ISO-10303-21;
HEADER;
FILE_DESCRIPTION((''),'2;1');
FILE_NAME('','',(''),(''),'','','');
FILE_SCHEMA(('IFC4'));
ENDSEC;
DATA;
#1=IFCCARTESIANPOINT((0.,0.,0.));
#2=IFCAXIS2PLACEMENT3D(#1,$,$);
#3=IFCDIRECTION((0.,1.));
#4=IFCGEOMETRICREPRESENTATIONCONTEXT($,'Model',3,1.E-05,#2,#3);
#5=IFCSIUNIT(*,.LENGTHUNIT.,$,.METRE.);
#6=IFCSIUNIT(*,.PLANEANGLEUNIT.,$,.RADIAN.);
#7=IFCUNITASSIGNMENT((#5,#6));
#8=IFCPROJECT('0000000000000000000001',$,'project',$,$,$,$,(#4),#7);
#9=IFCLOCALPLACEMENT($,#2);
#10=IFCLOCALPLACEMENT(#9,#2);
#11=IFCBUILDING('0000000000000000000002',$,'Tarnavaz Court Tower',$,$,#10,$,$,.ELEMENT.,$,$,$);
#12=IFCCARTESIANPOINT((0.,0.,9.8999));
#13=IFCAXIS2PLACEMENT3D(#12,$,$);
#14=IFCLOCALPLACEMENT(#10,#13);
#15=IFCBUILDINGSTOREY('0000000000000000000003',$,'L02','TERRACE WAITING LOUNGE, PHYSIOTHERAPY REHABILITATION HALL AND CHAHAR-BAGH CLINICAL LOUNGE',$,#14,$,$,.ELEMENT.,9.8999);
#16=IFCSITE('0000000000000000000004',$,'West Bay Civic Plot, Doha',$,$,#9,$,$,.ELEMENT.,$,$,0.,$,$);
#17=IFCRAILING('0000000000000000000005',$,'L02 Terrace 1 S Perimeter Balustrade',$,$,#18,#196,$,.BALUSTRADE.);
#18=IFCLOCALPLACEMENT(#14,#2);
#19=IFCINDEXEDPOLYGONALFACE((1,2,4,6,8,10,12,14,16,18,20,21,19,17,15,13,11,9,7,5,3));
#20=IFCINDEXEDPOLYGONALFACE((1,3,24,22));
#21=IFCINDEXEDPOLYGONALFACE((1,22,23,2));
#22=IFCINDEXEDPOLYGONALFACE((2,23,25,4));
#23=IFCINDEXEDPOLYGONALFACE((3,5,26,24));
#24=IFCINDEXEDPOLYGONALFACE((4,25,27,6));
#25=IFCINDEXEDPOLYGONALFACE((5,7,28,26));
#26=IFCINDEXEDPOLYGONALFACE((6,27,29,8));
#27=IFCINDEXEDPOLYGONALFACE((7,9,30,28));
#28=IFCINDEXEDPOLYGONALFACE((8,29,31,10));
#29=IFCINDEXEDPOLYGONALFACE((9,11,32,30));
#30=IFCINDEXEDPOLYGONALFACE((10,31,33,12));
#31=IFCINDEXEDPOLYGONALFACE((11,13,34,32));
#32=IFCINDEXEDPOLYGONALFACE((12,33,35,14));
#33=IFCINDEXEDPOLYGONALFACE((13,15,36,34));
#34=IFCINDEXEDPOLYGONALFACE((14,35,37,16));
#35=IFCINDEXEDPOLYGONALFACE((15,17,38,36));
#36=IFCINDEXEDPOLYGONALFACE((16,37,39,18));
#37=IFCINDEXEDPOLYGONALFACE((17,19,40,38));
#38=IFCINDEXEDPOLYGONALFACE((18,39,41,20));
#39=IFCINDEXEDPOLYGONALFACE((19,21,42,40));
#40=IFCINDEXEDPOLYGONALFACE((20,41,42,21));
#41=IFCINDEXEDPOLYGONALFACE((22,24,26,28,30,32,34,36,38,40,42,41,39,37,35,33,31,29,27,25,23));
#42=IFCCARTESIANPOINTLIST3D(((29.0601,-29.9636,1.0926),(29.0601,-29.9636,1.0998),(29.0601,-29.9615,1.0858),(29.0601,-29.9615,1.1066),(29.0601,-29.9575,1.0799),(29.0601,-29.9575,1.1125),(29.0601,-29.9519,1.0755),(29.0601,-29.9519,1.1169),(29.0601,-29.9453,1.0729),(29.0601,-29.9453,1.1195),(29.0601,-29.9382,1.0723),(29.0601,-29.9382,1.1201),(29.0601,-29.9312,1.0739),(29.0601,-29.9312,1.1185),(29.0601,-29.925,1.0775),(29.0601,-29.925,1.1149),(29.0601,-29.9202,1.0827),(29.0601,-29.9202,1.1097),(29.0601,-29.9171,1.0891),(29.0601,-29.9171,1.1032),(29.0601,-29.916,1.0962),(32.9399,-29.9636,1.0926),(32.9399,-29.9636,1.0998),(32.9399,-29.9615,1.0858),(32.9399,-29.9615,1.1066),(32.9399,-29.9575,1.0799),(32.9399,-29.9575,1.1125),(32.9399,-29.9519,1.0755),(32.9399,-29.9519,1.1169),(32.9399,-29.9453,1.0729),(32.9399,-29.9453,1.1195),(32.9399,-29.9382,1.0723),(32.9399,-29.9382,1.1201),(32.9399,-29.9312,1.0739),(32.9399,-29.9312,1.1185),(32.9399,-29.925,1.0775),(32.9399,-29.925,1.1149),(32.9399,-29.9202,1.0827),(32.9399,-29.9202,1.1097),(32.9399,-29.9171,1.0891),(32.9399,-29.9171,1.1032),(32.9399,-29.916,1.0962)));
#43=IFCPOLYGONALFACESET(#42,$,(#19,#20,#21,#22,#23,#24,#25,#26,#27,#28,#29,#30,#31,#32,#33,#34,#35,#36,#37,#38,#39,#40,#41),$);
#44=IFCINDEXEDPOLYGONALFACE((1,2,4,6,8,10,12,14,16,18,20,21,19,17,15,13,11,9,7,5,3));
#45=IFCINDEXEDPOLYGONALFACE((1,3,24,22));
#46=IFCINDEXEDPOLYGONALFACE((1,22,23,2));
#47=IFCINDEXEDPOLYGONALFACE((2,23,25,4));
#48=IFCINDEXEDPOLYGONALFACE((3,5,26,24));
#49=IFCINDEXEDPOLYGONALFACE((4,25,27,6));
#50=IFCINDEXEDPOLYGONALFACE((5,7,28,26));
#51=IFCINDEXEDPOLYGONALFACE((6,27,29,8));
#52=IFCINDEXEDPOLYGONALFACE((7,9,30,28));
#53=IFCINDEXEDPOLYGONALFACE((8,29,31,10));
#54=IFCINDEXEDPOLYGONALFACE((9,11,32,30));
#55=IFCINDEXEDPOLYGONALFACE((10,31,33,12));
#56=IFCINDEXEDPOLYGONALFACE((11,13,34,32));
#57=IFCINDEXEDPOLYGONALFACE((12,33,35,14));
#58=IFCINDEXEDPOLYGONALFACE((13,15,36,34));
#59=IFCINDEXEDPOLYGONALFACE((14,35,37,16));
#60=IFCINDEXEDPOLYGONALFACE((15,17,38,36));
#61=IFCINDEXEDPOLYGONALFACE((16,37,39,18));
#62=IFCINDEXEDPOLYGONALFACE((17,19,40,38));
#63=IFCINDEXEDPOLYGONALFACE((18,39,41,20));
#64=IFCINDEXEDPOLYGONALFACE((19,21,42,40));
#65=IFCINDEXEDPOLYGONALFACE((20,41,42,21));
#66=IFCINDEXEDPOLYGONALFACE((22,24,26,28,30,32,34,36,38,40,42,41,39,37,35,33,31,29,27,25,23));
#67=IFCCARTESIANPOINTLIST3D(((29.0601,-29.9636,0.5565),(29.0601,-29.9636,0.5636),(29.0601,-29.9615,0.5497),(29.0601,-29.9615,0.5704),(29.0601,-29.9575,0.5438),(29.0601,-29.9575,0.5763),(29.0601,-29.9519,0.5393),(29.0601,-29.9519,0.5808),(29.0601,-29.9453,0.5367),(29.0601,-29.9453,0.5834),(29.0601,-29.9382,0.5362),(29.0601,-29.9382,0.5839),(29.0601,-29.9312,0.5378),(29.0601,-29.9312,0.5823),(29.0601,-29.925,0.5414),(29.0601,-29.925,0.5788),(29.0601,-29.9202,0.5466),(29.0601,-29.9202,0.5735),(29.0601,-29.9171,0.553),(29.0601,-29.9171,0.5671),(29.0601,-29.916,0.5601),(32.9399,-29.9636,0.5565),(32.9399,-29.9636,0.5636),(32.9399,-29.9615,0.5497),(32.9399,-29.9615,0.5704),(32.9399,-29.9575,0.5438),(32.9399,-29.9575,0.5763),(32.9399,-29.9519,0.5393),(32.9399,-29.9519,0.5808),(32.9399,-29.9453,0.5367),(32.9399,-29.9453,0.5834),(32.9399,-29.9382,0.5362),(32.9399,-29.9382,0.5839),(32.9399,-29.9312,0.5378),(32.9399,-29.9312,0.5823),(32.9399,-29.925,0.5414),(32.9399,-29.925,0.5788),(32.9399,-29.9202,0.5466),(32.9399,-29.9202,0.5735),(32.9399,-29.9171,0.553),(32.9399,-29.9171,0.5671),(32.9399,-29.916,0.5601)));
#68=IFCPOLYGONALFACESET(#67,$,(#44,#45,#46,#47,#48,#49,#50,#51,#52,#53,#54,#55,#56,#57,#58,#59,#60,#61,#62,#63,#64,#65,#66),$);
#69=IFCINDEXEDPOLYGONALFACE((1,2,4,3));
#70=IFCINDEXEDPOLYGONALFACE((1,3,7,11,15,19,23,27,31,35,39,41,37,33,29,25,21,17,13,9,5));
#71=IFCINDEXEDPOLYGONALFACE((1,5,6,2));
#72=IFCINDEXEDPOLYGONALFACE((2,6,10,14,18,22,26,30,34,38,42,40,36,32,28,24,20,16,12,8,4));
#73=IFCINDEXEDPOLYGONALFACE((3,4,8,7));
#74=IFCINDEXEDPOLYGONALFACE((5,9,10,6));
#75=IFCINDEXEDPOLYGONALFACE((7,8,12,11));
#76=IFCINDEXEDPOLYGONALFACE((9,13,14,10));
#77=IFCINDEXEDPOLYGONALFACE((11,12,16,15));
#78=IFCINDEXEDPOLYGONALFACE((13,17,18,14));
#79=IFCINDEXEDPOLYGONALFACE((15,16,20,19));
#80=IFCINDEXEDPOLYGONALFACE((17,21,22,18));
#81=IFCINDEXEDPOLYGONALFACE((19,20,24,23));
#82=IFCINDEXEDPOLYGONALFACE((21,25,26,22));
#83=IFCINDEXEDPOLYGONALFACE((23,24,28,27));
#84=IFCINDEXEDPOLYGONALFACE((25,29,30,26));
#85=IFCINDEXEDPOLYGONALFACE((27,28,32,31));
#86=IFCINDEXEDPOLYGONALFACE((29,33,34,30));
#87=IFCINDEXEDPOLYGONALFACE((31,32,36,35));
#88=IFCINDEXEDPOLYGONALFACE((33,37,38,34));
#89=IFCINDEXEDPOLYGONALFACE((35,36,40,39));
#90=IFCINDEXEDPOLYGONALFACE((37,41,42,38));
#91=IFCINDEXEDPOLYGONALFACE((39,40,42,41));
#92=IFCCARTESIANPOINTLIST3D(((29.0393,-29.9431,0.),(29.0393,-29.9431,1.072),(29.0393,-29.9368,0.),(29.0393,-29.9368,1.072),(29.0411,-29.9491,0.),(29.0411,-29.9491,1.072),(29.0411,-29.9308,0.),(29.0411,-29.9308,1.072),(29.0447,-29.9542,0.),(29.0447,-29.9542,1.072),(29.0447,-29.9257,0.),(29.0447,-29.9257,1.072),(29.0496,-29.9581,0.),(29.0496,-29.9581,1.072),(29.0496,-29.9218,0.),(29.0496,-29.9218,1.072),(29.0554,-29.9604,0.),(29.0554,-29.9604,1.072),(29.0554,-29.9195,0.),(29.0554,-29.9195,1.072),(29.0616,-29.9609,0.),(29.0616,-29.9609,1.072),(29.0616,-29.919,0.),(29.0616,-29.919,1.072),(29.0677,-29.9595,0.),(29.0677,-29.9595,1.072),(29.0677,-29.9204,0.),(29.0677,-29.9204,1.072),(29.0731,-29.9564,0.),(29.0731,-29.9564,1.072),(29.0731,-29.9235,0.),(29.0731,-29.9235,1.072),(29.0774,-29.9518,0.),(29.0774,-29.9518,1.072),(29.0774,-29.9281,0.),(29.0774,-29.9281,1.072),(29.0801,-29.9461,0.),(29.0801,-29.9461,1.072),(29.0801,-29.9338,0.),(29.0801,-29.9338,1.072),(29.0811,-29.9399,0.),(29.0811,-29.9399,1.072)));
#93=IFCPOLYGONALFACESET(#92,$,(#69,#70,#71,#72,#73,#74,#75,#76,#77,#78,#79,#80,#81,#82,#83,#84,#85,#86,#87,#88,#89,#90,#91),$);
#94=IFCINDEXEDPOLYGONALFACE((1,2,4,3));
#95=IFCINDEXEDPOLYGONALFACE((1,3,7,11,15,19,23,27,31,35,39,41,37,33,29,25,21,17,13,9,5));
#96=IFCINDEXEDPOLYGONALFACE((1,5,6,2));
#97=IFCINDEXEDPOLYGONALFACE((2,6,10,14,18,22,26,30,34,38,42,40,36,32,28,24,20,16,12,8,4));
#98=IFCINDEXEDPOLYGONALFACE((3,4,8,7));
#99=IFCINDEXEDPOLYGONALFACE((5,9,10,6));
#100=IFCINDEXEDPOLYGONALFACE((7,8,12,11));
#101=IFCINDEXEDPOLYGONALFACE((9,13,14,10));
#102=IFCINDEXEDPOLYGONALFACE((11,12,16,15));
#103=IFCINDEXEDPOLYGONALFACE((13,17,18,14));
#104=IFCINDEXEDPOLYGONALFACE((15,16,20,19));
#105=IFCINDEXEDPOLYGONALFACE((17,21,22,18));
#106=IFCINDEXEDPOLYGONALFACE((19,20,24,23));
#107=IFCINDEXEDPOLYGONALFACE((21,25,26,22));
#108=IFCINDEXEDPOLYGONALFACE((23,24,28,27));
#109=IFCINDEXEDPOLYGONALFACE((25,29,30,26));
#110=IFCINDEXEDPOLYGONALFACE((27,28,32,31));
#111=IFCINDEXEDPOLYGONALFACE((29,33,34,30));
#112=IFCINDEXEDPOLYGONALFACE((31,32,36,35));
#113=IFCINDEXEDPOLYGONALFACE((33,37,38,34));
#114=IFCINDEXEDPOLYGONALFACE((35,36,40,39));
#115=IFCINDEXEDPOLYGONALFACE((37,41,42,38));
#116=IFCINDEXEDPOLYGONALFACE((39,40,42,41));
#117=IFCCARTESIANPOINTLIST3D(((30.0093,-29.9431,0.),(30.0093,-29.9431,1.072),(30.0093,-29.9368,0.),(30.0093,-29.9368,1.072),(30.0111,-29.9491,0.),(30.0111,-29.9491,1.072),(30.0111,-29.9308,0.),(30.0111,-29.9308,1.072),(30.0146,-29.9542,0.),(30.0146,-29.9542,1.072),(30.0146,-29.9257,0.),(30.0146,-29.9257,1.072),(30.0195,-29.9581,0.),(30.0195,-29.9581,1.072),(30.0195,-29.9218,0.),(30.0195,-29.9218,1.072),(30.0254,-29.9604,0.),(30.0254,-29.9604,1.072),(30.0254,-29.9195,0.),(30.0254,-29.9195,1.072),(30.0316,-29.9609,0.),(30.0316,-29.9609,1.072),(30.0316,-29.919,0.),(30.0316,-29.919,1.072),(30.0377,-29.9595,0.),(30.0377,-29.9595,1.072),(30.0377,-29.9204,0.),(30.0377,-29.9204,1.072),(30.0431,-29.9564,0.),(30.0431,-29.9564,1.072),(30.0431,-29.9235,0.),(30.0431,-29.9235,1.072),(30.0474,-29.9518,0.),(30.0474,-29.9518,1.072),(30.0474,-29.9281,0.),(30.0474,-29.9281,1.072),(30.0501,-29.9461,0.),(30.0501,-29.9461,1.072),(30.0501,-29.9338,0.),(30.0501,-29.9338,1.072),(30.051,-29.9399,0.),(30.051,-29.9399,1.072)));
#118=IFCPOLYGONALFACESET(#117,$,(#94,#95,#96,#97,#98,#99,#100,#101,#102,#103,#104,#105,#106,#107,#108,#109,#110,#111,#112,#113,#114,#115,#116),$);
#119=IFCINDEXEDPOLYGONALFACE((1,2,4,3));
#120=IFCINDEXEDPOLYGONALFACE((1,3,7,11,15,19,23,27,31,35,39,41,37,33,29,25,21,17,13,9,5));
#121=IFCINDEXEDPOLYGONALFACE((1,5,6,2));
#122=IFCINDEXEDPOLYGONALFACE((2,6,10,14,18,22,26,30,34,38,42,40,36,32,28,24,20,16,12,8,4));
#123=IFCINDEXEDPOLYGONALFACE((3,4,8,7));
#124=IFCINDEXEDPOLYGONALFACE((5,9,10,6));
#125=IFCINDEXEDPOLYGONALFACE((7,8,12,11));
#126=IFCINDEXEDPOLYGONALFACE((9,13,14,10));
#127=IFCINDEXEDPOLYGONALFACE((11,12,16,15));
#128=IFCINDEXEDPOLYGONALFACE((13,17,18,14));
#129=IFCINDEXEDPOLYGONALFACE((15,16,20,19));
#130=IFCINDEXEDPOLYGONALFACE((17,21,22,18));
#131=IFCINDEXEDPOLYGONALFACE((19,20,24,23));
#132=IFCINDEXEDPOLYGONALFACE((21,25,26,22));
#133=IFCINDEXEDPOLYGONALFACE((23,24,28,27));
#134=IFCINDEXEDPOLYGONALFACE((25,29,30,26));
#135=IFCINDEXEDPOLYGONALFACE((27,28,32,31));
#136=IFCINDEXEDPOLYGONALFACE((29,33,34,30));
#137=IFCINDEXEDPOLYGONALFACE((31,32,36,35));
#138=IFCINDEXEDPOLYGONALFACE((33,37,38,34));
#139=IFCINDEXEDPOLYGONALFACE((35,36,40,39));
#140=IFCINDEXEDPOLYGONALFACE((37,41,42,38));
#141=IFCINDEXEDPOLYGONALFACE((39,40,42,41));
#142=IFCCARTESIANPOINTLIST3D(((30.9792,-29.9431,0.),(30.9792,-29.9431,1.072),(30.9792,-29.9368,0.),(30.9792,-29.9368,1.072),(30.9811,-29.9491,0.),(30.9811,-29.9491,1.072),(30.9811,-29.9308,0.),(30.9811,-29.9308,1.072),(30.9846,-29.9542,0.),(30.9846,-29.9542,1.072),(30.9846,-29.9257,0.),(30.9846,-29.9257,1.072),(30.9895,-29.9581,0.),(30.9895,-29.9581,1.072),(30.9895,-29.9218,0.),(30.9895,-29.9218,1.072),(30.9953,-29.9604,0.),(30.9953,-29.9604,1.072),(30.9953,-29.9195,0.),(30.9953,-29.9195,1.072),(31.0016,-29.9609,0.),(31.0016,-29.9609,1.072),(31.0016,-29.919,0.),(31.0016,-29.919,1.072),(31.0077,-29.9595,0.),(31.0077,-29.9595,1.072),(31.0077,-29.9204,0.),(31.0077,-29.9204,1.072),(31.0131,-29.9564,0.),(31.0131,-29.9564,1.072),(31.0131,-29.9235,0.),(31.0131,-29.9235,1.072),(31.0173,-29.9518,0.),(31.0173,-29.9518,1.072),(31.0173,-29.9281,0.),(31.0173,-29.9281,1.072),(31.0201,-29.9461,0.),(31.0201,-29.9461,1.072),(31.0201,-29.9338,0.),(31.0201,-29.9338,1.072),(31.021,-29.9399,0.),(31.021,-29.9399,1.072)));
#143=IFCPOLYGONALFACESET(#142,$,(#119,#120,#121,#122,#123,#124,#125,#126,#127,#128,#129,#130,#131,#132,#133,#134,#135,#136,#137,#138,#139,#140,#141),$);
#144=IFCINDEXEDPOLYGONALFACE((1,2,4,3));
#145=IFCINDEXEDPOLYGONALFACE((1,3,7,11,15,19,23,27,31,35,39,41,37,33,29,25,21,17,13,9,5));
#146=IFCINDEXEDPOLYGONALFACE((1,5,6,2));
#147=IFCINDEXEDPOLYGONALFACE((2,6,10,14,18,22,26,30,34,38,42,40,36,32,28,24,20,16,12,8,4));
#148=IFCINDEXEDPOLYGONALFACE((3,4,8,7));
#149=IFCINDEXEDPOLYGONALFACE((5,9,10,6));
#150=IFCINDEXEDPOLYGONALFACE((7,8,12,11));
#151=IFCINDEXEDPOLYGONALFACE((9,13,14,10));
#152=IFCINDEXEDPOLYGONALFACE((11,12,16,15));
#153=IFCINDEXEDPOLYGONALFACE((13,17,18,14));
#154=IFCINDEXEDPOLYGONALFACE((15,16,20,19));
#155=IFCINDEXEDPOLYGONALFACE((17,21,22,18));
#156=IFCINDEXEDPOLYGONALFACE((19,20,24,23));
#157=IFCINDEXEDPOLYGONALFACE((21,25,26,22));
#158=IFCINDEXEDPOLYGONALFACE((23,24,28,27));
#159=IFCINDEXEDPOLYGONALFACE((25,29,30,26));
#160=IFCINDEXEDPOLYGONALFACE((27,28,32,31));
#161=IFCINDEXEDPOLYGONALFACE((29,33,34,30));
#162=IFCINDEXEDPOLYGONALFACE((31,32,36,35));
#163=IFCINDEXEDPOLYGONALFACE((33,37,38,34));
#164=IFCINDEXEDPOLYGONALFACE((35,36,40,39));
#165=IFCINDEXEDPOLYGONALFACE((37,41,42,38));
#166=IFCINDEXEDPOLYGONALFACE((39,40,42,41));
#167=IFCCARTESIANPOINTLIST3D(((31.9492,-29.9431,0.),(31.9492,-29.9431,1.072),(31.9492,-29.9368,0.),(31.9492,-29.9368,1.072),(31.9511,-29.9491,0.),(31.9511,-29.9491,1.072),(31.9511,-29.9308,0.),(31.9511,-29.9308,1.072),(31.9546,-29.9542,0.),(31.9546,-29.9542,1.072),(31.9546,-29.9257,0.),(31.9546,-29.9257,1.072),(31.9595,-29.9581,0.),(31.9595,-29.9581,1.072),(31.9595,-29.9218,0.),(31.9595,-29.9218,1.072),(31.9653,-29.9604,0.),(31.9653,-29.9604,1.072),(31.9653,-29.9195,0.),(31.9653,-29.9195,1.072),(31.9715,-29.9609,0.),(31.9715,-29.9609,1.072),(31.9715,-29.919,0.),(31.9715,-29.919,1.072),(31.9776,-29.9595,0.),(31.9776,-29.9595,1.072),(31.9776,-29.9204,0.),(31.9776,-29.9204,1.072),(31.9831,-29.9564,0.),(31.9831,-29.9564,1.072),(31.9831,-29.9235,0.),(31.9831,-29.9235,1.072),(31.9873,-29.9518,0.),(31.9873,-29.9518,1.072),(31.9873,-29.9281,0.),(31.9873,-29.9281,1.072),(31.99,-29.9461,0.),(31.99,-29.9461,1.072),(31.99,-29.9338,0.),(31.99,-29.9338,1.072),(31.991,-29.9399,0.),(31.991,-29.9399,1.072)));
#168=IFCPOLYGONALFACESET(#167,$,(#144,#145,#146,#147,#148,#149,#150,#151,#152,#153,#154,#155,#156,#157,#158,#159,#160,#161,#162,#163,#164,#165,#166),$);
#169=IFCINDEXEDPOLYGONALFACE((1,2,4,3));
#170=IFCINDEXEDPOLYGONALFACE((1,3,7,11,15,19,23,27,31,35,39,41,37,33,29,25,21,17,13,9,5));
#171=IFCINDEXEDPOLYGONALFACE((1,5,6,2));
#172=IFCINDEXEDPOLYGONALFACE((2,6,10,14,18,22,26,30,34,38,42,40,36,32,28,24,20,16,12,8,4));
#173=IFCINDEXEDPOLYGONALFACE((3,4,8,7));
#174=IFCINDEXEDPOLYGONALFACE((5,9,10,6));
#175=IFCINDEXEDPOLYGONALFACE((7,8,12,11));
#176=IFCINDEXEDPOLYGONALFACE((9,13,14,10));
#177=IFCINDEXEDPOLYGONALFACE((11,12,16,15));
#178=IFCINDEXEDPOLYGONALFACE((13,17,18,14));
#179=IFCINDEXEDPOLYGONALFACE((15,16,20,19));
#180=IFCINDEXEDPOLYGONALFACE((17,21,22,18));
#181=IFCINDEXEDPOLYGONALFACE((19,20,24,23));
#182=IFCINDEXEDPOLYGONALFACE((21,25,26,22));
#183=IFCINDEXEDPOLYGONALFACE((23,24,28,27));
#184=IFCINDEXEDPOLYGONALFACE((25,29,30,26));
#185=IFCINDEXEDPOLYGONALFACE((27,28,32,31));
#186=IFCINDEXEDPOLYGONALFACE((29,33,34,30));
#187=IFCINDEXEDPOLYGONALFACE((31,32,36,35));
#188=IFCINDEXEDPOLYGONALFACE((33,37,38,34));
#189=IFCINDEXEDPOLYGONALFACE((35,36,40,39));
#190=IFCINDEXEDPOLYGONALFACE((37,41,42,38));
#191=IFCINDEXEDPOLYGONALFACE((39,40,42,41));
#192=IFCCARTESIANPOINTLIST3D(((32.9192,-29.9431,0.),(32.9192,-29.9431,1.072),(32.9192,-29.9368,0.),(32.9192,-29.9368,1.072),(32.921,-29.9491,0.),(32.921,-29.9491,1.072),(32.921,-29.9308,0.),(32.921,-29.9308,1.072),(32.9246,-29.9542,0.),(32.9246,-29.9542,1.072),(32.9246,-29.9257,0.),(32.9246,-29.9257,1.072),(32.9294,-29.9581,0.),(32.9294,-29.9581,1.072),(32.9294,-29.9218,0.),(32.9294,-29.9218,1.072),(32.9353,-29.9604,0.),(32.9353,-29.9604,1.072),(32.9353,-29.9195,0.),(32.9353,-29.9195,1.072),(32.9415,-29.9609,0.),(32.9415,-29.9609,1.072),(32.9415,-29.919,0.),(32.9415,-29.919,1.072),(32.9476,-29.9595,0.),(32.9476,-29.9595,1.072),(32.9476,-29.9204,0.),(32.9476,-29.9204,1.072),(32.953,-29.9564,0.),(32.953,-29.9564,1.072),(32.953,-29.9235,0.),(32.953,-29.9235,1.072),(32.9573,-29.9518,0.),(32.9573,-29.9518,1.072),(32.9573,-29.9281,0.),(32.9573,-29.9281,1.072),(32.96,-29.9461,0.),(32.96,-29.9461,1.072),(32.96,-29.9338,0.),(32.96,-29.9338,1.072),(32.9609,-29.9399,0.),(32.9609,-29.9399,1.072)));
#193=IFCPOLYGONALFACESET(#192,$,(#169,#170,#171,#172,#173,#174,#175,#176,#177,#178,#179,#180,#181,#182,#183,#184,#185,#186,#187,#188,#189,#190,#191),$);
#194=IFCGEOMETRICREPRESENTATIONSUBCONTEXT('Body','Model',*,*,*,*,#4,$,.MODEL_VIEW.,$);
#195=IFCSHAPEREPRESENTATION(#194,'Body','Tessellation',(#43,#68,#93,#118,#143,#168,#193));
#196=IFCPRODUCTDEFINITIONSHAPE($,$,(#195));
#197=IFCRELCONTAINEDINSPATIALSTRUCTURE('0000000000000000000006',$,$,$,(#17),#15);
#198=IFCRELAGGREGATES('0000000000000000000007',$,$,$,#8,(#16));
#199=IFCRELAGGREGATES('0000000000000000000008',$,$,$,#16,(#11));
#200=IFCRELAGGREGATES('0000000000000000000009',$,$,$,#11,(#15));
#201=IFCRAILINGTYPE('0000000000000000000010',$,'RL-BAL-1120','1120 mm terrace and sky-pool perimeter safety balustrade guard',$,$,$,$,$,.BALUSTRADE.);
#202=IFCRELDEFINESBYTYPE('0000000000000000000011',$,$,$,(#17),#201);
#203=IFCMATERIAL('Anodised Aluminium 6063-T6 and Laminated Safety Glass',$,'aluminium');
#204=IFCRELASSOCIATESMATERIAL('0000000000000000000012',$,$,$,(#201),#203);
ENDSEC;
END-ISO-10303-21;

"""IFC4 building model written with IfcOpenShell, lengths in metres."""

from ifc_helpers import new_model, si_unit, direction, frame, origin, origin_2d, place, context, subcontext, project, spatial, circle, extrude, material, type_object, element, save


model = new_model("IFC4")

# Units and contexts
model_context = context("Model", 3, precision=1e-05, world=origin(), true_north=direction((0.0, 1.0)))
body_context = subcontext(model_context, "Body", "Model", "MODEL_VIEW")
ifc_project = project(units=[si_unit("LENGTHUNIT", "METRE"), si_unit("PLANEANGLEUNIT", "RADIAN")], contexts=[model_context])

# Site, building, storey
site_placement = place(None, origin())
site = spatial("IfcSite", under=ifc_project, at=site_placement, Name="West Bay Civic Plot, Doha", CompositionType="ELEMENT", RefElevation=0.0)
building_placement = place(site_placement, origin())
building = spatial("IfcBuilding", under=site, at=building_placement, Name="Tarnavaz Court Tower", CompositionType="ELEMENT")
storey_placement = place(building_placement, frame((0.0, 0.0, 9.8999)))
storey = spatial("IfcBuildingStorey", under=building, at=storey_placement, Name="L02", Description="TERRACE WAITING LOUNGE, PHYSIOTHERAPY REHABILITATION HALL AND CHAHAR-BAGH CLINICAL LOUNGE", CompositionType="ELEMENT", Elevation=9.8999)

# Railing
ifc_material_1 = material(Name="Anodised Aluminium 6063-T6 and Laminated Safety Glass", Category="aluminium")
railing_type_1 = type_object("IfcRailingType", Name="RL-BAL-1120", Description="1120 mm terrace and sky-pool perimeter safety balustrade guard", PredefinedType="BALUSTRADE", material=ifc_material_1)
railing_1_placement = place(storey_placement, frame((29.0601, -29.9399, 0.0)))
element("IfcRailing", 1, at=railing_1_placement, inside=storey, type_object=railing_type_1, Name="L02 Terrace 1 S Perimeter Balustrade", PredefinedType="BALUSTRADE", context=body_context, shape_type="SweptSolid", body=[
    extrude(circle(Radius=0.0239, at=origin_2d()), frame((0.0, 0.0, 1.0962), z_axis=(1.0, 0.0, 0.0), x_axis=(0.0, 1.0, 0.0)), (0.0, 0.0, 1.0), 3.8799),
    extrude(circle(Radius=0.0239, at=origin_2d()), frame((0.0, 0.0, 0.5601), z_axis=(1.0, 0.0, 0.0), x_axis=(0.0, 1.0, 0.0)), (0.0, 0.0, 1.0), 3.8799),
    extrude(circle(Radius=0.021, at=origin_2d()), origin(), (0.0, 0.0, 1.0), 1.072),
    extrude(circle(Radius=0.021, at=origin_2d()), frame((0.97, 0.0, 0.0)), (0.0, 0.0, 1.0), 1.072),
    extrude(circle(Radius=0.021, at=origin_2d()), frame((1.9399, 0.0, 0.0)), (0.0, 0.0, 1.0), 1.072),
    extrude(circle(Radius=0.021, at=origin_2d()), frame((2.9099, 0.0, 0.0)), (0.0, 0.0, 1.0), 1.072),
    extrude(circle(Radius=0.021, at=origin_2d()), frame((3.8799, 0.0, 0.0)), (0.0, 0.0, 1.0), 1.072),
])

save(model, "model.ifc")
